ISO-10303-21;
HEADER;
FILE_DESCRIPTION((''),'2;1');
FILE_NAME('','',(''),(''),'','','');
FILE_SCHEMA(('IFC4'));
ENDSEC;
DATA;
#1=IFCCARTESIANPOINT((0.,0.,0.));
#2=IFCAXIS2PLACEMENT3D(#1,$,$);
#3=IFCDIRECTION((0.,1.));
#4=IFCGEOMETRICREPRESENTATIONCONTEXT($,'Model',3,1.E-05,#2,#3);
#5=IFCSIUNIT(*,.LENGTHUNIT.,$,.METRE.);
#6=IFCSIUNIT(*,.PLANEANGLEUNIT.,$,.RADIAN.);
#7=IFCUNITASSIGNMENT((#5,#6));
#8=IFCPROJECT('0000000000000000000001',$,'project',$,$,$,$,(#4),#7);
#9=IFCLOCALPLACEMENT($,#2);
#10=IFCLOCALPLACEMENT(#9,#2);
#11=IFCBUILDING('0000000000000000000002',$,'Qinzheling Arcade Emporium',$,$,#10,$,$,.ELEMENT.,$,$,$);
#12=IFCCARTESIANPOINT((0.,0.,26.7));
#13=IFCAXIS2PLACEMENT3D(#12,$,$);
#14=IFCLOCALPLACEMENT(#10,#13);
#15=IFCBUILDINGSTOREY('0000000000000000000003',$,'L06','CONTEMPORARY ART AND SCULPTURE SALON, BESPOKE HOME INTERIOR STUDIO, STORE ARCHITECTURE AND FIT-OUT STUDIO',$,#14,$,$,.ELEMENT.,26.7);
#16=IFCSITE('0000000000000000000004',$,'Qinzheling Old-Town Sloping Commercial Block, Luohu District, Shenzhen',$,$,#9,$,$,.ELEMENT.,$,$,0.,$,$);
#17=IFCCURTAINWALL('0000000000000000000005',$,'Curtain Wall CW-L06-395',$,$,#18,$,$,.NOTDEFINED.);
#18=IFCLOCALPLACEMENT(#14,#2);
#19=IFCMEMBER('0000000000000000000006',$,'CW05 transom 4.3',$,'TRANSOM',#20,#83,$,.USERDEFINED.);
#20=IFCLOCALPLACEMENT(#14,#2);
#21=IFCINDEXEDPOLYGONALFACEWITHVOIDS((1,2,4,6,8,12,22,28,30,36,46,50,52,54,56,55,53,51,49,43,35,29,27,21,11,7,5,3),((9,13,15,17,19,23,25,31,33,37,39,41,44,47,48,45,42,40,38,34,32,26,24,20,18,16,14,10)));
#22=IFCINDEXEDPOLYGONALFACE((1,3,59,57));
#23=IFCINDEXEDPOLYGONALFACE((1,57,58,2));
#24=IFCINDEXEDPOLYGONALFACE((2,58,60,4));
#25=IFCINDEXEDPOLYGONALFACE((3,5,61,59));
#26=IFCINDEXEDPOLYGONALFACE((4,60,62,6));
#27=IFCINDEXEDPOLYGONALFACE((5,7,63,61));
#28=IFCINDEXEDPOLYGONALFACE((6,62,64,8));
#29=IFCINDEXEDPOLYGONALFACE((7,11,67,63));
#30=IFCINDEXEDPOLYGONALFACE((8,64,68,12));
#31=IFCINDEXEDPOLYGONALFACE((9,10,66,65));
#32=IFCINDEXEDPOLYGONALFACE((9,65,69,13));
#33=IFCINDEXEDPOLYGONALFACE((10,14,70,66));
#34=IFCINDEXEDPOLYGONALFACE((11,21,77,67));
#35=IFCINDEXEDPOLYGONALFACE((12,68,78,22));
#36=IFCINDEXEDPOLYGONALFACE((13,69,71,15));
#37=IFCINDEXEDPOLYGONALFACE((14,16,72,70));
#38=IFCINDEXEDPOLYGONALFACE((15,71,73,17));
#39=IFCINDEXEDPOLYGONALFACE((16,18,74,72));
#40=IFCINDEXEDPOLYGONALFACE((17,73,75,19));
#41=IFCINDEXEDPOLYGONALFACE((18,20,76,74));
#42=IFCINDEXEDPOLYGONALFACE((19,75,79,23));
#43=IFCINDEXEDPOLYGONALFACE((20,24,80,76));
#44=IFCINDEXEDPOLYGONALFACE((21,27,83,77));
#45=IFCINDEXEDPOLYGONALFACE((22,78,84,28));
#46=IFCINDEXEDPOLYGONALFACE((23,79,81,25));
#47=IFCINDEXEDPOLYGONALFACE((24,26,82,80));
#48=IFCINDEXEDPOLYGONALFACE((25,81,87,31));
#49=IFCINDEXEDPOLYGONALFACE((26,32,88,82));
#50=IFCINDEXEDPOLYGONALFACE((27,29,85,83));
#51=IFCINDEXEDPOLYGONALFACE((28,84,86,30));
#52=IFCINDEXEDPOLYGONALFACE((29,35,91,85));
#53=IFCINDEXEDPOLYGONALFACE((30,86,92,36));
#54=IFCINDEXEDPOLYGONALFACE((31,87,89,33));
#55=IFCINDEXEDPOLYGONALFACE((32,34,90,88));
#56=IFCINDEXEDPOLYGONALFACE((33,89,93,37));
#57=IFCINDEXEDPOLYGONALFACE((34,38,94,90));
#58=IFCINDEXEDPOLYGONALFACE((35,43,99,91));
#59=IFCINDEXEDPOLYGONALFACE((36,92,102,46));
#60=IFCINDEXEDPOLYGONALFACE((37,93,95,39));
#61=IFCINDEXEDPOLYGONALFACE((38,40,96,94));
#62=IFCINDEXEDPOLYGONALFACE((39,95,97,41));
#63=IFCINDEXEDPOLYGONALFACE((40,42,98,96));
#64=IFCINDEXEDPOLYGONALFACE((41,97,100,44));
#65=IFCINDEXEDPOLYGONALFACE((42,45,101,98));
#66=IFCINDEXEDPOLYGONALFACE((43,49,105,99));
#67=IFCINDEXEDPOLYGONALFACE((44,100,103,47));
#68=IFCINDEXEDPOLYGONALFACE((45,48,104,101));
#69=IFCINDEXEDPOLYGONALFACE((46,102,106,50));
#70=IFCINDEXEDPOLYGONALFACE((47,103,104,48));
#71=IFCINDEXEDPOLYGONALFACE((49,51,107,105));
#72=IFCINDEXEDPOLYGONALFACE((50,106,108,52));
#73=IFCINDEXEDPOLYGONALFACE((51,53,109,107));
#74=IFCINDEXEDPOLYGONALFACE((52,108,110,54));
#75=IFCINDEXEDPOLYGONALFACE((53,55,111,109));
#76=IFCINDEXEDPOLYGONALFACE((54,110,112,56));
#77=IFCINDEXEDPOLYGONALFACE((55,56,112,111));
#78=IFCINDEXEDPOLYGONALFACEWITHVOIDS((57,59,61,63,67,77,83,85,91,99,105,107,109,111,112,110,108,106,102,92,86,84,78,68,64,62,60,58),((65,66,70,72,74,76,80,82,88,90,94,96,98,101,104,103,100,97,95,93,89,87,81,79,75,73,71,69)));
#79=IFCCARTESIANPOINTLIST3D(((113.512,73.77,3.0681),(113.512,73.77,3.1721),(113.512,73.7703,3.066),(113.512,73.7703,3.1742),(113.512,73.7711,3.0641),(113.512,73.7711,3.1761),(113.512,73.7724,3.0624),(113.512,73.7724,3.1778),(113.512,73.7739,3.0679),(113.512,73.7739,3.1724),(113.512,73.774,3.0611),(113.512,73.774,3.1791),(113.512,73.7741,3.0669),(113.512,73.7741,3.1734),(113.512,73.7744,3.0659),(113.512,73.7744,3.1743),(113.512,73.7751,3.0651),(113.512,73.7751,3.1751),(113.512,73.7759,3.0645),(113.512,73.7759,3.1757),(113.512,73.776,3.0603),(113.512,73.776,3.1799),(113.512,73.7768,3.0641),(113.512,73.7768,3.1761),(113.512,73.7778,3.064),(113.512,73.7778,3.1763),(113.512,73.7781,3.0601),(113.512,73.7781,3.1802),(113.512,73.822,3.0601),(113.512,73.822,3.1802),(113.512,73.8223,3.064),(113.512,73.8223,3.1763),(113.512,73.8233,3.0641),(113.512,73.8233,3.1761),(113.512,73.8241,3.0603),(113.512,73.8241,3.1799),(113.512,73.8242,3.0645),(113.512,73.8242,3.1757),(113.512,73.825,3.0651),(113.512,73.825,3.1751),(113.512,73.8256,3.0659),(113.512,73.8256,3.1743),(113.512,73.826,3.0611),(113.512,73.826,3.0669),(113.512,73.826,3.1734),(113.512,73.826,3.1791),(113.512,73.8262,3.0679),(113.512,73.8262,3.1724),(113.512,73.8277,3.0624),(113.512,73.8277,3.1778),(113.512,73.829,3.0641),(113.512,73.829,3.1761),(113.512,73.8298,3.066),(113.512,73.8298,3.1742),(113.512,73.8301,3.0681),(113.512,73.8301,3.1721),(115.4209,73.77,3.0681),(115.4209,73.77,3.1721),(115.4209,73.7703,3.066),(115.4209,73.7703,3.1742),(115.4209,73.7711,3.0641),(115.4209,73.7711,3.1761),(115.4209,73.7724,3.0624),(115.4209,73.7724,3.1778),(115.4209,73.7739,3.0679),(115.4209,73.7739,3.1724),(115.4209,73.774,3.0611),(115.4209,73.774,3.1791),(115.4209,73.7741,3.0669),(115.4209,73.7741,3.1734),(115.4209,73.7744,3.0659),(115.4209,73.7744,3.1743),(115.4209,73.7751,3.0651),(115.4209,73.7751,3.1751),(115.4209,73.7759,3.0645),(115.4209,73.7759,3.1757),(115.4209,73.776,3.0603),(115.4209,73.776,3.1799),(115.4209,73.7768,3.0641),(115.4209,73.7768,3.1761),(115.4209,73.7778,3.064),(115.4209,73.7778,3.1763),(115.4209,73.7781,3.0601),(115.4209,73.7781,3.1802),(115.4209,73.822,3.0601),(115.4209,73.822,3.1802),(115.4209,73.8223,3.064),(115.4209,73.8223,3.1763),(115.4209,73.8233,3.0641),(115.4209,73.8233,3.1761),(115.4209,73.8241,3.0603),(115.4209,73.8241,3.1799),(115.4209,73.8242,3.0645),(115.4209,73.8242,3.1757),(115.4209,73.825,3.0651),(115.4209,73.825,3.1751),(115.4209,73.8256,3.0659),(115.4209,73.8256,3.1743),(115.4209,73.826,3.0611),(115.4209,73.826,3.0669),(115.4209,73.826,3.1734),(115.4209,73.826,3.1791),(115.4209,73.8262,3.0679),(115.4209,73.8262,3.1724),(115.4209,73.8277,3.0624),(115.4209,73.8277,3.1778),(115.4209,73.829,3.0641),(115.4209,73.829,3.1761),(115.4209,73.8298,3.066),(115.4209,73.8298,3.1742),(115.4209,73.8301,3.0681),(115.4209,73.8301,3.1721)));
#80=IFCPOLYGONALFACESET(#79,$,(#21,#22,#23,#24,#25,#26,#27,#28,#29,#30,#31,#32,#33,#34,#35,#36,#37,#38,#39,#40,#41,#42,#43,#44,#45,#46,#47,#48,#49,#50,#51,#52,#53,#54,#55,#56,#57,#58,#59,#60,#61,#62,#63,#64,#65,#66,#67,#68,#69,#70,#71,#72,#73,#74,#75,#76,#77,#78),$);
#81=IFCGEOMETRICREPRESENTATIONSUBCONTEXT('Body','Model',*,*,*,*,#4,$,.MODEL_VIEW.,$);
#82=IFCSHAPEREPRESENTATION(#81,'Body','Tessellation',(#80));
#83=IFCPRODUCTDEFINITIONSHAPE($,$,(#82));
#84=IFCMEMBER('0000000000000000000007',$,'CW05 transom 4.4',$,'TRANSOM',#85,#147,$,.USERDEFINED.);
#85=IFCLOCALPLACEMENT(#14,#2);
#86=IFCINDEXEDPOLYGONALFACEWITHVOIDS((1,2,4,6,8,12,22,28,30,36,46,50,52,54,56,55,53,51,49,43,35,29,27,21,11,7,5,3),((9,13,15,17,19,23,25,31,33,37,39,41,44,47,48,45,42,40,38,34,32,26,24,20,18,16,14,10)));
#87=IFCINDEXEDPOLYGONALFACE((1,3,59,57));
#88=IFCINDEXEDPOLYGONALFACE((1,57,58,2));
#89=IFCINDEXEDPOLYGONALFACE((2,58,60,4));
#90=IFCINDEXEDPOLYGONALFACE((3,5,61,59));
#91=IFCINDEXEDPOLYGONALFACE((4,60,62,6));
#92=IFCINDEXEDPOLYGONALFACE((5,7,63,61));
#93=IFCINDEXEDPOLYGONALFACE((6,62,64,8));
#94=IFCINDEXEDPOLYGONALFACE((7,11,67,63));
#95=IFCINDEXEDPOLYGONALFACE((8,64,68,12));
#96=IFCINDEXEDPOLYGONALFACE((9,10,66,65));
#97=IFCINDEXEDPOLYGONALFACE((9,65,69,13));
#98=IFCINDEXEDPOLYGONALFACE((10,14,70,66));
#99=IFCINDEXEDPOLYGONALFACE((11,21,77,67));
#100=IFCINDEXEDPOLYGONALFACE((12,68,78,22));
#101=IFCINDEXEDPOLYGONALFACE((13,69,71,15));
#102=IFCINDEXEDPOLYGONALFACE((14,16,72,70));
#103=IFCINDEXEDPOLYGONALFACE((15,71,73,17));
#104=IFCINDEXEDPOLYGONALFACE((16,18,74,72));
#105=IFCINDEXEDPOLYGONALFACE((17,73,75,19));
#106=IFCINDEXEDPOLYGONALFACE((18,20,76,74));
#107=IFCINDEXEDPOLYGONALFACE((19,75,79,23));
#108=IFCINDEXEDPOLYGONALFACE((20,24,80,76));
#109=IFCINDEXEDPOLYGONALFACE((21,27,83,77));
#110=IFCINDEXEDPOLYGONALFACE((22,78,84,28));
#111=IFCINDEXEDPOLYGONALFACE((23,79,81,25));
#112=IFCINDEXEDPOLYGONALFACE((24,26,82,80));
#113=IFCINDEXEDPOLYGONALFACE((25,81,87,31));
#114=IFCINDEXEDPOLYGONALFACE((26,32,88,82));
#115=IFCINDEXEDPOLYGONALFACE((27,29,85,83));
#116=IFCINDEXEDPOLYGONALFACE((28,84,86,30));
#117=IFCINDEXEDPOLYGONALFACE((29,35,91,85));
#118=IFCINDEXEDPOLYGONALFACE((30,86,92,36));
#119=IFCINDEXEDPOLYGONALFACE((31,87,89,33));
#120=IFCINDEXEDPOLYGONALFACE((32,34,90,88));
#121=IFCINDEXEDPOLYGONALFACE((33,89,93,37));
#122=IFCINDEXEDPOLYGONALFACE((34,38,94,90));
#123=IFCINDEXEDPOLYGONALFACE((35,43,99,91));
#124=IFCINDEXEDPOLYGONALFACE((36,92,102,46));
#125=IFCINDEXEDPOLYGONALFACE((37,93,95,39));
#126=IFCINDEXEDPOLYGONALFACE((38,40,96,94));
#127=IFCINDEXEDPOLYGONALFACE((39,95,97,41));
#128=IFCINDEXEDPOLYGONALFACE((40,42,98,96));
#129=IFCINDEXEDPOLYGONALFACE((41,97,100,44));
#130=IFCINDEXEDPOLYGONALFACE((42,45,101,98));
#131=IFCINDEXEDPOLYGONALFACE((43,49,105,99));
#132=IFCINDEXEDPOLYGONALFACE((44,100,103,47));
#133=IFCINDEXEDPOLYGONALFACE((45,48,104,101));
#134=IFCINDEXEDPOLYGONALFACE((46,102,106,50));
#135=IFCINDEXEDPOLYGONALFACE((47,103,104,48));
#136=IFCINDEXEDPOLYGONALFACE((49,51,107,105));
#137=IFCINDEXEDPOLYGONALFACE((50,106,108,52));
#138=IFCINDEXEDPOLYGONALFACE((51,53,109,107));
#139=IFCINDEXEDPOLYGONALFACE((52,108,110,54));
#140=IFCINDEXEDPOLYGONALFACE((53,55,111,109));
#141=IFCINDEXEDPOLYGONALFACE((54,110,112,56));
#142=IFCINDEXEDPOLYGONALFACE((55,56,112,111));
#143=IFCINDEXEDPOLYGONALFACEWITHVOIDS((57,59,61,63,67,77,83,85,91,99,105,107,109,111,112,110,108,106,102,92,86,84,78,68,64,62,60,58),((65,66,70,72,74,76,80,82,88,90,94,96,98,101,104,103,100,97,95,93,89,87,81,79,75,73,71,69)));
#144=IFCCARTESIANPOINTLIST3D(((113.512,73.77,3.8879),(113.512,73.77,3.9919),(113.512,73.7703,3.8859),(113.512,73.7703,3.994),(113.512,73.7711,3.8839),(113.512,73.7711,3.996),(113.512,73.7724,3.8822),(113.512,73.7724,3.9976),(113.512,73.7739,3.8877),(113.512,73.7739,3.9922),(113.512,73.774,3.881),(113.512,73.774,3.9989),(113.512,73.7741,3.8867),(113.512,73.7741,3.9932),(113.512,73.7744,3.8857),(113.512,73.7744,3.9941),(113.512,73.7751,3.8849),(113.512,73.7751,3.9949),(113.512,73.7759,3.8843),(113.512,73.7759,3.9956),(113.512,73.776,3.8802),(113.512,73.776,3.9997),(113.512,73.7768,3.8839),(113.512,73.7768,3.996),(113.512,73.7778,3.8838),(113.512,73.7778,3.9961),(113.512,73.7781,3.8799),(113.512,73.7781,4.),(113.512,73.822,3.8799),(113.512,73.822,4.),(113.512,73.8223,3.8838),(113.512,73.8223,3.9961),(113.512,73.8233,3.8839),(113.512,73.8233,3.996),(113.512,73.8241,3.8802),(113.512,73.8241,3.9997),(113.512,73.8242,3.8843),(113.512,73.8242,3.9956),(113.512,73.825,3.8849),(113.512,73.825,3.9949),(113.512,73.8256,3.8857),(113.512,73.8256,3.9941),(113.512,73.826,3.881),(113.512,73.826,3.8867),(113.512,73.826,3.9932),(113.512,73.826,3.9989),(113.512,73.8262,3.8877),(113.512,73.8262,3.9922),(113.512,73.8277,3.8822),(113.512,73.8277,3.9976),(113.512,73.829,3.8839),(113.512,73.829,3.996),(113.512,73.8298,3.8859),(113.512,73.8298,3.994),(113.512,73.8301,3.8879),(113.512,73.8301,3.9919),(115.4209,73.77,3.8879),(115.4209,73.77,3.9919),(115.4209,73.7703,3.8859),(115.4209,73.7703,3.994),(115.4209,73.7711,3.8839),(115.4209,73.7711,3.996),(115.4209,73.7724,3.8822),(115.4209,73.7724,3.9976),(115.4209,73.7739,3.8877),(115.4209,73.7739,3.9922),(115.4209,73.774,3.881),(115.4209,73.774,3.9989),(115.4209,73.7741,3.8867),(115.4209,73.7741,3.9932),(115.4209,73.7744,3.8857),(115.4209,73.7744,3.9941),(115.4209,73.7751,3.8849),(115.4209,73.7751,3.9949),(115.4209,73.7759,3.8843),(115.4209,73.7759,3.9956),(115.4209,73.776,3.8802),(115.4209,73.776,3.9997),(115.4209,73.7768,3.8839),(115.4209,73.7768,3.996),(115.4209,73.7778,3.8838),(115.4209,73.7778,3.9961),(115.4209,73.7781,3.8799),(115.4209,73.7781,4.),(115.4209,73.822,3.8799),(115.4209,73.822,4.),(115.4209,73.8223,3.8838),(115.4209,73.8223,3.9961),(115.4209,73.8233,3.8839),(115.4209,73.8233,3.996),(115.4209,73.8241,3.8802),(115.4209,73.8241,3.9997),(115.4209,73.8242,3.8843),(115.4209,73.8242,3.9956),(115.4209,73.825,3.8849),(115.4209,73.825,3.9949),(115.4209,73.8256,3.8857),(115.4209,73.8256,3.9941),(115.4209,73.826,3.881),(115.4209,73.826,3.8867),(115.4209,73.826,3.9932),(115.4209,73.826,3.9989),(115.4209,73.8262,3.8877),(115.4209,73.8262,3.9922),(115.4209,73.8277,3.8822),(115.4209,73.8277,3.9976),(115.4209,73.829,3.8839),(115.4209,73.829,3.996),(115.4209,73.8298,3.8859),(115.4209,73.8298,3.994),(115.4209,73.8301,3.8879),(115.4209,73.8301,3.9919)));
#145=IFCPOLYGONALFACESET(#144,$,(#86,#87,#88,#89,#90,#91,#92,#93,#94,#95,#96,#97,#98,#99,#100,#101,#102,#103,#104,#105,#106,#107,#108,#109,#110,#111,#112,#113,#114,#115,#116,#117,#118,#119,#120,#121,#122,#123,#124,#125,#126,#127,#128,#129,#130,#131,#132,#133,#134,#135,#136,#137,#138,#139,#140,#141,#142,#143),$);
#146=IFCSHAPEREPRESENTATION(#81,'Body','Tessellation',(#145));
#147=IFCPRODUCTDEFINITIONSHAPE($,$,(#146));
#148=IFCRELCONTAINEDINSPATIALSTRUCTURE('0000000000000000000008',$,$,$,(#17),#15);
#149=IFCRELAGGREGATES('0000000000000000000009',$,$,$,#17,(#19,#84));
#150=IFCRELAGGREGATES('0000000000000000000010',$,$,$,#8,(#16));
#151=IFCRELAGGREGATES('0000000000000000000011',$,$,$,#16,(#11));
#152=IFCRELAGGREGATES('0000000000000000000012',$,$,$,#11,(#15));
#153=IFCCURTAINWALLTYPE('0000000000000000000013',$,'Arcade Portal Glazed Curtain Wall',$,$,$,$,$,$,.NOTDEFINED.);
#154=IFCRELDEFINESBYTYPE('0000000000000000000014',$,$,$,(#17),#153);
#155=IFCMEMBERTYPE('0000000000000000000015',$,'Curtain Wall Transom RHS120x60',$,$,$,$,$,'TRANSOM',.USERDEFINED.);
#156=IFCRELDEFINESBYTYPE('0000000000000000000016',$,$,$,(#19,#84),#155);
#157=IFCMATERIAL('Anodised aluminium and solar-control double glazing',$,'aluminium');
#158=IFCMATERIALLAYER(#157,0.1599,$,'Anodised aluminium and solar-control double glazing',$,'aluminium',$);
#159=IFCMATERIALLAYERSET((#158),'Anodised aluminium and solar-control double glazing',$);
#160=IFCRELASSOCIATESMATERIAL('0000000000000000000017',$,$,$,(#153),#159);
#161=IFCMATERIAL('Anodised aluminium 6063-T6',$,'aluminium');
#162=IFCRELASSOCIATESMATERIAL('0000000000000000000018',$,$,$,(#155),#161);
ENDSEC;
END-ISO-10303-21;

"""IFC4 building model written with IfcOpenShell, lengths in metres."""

from ifc_helpers import new_model, si_unit, direction, frame, origin, origin_2d, place, context, subcontext, project, spatial, hollow_rectangle, extrude, material, layer, layer_set, material_profile, profile_set, type_object, element, aggregate, save


model = new_model("IFC4")

# Units and contexts
model_context = context("Model", 3, precision=1e-05, world=origin(), true_north=direction((0.0, 1.0)))
body_context = subcontext(model_context, "Body", "Model", "MODEL_VIEW")
ifc_project = project(units=[si_unit("LENGTHUNIT", "METRE"), si_unit("PLANEANGLEUNIT", "RADIAN")], contexts=[model_context])

# Site, building, storey
site_placement = place(None, origin())
site = spatial("IfcSite", under=ifc_project, at=site_placement, Name="Qinzheling Old-Town Sloping Commercial Block, Luohu District, Shenzhen", CompositionType="ELEMENT", RefElevation=0.0)
building_placement = place(site_placement, origin())
building = spatial("IfcBuilding", under=site, at=building_placement, Name="Qinzheling Arcade Emporium", CompositionType="ELEMENT")
storey_placement = place(building_placement, frame((0.0, 0.0, 26.7)))
storey = spatial("IfcBuildingStorey", under=building, at=storey_placement, Name="L06", Description="CONTEMPORARY ART AND SCULPTURE SALON, BESPOKE HOME INTERIOR STUDIO, STORE ARCHITECTURE AND FIT-OUT STUDIO", CompositionType="ELEMENT", Elevation=26.7)

# Curtain wall
ifc_material_1 = material(Name="Anodised aluminium and solar-control double glazing", Category="aluminium")
ifc_layer_1 = layer(ifc_material_1, 0.1599, Name="Anodised aluminium and solar-control double glazing", Category="aluminium")
ifc_layer_set_1 = layer_set([ifc_layer_1], Name="Anodised aluminium and solar-control double glazing")
curtain_wall_type = type_object("IfcCurtainWallType", Name="Arcade Portal Glazed Curtain Wall", PredefinedType="NOTDEFINED", material=ifc_layer_set_1)
curtain_wall_1_placement = place(storey_placement, origin())
curtain_wall_1 = element("IfcCurtainWall", 1, at=curtain_wall_1_placement, inside=storey, type_object=curtain_wall_type, Name="Curtain Wall CW-L06-395", PredefinedType="NOTDEFINED")
ifc_material_2 = material(Name="Anodised aluminium 6063-T6", Category="aluminium")

# Members
ifc_material_profile_1 = material_profile(ifc_material_2, hollow_rectangle(XDim=0.0601, YDim=0.1201, WallThickness=0.0039, InnerFilletRadius=0.0039, OuterFilletRadius=0.0081, at=origin_2d()), Name="RHS 120x60x4", Category="aluminium")
ifc_profile_set_1 = profile_set([ifc_material_profile_1], Name="Anodised aluminium 6063-T6")
member_type_1 = type_object("IfcMemberType", Name="Curtain Wall Transom RHS120x60", ElementType="TRANSOM", PredefinedType="USERDEFINED", material=ifc_profile_set_1)
member_1_placement = place(storey_placement, frame((115.4209, 73.8, 3.1201), z_axis=(-1.0, 0.0, 0.0), x_axis=(0.0, -1.0, 0.0)))
member_1 = element("IfcMember", 2, at=member_1_placement, type_object=member_type_1, Name="CW05 transom 4.3", ObjectType="TRANSOM", PredefinedType="USERDEFINED", context=body_context, shape_type="SweptSolid", body=[
    extrude(hollow_rectangle(XDim=0.0601, YDim=0.1201, WallThickness=0.0039, InnerFilletRadius=0.0039, OuterFilletRadius=0.0081, at=origin_2d()), origin(), (0.0, 0.0, 1.0), 1.9089),
])
member_2_placement = place(storey_placement, frame((115.4209, 73.8, 3.9399), z_axis=(-1.0, 0.0, 0.0), x_axis=(0.0, -1.0, 0.0)))
member_2 = element("IfcMember", 3, at=member_2_placement, type_object=member_type_1, Name="CW05 transom 4.4", ObjectType="TRANSOM", PredefinedType="USERDEFINED", context=body_context, shape_type="SweptSolid", body=[
    extrude(hollow_rectangle(XDim=0.0601, YDim=0.1201, WallThickness=0.0039, InnerFilletRadius=0.0039, OuterFilletRadius=0.0081, at=origin_2d()), origin(), (0.0, 0.0, 1.0), 1.9089),
])

aggregate(curtain_wall_1, [member_1, member_2])

save(model, "model.ifc")
